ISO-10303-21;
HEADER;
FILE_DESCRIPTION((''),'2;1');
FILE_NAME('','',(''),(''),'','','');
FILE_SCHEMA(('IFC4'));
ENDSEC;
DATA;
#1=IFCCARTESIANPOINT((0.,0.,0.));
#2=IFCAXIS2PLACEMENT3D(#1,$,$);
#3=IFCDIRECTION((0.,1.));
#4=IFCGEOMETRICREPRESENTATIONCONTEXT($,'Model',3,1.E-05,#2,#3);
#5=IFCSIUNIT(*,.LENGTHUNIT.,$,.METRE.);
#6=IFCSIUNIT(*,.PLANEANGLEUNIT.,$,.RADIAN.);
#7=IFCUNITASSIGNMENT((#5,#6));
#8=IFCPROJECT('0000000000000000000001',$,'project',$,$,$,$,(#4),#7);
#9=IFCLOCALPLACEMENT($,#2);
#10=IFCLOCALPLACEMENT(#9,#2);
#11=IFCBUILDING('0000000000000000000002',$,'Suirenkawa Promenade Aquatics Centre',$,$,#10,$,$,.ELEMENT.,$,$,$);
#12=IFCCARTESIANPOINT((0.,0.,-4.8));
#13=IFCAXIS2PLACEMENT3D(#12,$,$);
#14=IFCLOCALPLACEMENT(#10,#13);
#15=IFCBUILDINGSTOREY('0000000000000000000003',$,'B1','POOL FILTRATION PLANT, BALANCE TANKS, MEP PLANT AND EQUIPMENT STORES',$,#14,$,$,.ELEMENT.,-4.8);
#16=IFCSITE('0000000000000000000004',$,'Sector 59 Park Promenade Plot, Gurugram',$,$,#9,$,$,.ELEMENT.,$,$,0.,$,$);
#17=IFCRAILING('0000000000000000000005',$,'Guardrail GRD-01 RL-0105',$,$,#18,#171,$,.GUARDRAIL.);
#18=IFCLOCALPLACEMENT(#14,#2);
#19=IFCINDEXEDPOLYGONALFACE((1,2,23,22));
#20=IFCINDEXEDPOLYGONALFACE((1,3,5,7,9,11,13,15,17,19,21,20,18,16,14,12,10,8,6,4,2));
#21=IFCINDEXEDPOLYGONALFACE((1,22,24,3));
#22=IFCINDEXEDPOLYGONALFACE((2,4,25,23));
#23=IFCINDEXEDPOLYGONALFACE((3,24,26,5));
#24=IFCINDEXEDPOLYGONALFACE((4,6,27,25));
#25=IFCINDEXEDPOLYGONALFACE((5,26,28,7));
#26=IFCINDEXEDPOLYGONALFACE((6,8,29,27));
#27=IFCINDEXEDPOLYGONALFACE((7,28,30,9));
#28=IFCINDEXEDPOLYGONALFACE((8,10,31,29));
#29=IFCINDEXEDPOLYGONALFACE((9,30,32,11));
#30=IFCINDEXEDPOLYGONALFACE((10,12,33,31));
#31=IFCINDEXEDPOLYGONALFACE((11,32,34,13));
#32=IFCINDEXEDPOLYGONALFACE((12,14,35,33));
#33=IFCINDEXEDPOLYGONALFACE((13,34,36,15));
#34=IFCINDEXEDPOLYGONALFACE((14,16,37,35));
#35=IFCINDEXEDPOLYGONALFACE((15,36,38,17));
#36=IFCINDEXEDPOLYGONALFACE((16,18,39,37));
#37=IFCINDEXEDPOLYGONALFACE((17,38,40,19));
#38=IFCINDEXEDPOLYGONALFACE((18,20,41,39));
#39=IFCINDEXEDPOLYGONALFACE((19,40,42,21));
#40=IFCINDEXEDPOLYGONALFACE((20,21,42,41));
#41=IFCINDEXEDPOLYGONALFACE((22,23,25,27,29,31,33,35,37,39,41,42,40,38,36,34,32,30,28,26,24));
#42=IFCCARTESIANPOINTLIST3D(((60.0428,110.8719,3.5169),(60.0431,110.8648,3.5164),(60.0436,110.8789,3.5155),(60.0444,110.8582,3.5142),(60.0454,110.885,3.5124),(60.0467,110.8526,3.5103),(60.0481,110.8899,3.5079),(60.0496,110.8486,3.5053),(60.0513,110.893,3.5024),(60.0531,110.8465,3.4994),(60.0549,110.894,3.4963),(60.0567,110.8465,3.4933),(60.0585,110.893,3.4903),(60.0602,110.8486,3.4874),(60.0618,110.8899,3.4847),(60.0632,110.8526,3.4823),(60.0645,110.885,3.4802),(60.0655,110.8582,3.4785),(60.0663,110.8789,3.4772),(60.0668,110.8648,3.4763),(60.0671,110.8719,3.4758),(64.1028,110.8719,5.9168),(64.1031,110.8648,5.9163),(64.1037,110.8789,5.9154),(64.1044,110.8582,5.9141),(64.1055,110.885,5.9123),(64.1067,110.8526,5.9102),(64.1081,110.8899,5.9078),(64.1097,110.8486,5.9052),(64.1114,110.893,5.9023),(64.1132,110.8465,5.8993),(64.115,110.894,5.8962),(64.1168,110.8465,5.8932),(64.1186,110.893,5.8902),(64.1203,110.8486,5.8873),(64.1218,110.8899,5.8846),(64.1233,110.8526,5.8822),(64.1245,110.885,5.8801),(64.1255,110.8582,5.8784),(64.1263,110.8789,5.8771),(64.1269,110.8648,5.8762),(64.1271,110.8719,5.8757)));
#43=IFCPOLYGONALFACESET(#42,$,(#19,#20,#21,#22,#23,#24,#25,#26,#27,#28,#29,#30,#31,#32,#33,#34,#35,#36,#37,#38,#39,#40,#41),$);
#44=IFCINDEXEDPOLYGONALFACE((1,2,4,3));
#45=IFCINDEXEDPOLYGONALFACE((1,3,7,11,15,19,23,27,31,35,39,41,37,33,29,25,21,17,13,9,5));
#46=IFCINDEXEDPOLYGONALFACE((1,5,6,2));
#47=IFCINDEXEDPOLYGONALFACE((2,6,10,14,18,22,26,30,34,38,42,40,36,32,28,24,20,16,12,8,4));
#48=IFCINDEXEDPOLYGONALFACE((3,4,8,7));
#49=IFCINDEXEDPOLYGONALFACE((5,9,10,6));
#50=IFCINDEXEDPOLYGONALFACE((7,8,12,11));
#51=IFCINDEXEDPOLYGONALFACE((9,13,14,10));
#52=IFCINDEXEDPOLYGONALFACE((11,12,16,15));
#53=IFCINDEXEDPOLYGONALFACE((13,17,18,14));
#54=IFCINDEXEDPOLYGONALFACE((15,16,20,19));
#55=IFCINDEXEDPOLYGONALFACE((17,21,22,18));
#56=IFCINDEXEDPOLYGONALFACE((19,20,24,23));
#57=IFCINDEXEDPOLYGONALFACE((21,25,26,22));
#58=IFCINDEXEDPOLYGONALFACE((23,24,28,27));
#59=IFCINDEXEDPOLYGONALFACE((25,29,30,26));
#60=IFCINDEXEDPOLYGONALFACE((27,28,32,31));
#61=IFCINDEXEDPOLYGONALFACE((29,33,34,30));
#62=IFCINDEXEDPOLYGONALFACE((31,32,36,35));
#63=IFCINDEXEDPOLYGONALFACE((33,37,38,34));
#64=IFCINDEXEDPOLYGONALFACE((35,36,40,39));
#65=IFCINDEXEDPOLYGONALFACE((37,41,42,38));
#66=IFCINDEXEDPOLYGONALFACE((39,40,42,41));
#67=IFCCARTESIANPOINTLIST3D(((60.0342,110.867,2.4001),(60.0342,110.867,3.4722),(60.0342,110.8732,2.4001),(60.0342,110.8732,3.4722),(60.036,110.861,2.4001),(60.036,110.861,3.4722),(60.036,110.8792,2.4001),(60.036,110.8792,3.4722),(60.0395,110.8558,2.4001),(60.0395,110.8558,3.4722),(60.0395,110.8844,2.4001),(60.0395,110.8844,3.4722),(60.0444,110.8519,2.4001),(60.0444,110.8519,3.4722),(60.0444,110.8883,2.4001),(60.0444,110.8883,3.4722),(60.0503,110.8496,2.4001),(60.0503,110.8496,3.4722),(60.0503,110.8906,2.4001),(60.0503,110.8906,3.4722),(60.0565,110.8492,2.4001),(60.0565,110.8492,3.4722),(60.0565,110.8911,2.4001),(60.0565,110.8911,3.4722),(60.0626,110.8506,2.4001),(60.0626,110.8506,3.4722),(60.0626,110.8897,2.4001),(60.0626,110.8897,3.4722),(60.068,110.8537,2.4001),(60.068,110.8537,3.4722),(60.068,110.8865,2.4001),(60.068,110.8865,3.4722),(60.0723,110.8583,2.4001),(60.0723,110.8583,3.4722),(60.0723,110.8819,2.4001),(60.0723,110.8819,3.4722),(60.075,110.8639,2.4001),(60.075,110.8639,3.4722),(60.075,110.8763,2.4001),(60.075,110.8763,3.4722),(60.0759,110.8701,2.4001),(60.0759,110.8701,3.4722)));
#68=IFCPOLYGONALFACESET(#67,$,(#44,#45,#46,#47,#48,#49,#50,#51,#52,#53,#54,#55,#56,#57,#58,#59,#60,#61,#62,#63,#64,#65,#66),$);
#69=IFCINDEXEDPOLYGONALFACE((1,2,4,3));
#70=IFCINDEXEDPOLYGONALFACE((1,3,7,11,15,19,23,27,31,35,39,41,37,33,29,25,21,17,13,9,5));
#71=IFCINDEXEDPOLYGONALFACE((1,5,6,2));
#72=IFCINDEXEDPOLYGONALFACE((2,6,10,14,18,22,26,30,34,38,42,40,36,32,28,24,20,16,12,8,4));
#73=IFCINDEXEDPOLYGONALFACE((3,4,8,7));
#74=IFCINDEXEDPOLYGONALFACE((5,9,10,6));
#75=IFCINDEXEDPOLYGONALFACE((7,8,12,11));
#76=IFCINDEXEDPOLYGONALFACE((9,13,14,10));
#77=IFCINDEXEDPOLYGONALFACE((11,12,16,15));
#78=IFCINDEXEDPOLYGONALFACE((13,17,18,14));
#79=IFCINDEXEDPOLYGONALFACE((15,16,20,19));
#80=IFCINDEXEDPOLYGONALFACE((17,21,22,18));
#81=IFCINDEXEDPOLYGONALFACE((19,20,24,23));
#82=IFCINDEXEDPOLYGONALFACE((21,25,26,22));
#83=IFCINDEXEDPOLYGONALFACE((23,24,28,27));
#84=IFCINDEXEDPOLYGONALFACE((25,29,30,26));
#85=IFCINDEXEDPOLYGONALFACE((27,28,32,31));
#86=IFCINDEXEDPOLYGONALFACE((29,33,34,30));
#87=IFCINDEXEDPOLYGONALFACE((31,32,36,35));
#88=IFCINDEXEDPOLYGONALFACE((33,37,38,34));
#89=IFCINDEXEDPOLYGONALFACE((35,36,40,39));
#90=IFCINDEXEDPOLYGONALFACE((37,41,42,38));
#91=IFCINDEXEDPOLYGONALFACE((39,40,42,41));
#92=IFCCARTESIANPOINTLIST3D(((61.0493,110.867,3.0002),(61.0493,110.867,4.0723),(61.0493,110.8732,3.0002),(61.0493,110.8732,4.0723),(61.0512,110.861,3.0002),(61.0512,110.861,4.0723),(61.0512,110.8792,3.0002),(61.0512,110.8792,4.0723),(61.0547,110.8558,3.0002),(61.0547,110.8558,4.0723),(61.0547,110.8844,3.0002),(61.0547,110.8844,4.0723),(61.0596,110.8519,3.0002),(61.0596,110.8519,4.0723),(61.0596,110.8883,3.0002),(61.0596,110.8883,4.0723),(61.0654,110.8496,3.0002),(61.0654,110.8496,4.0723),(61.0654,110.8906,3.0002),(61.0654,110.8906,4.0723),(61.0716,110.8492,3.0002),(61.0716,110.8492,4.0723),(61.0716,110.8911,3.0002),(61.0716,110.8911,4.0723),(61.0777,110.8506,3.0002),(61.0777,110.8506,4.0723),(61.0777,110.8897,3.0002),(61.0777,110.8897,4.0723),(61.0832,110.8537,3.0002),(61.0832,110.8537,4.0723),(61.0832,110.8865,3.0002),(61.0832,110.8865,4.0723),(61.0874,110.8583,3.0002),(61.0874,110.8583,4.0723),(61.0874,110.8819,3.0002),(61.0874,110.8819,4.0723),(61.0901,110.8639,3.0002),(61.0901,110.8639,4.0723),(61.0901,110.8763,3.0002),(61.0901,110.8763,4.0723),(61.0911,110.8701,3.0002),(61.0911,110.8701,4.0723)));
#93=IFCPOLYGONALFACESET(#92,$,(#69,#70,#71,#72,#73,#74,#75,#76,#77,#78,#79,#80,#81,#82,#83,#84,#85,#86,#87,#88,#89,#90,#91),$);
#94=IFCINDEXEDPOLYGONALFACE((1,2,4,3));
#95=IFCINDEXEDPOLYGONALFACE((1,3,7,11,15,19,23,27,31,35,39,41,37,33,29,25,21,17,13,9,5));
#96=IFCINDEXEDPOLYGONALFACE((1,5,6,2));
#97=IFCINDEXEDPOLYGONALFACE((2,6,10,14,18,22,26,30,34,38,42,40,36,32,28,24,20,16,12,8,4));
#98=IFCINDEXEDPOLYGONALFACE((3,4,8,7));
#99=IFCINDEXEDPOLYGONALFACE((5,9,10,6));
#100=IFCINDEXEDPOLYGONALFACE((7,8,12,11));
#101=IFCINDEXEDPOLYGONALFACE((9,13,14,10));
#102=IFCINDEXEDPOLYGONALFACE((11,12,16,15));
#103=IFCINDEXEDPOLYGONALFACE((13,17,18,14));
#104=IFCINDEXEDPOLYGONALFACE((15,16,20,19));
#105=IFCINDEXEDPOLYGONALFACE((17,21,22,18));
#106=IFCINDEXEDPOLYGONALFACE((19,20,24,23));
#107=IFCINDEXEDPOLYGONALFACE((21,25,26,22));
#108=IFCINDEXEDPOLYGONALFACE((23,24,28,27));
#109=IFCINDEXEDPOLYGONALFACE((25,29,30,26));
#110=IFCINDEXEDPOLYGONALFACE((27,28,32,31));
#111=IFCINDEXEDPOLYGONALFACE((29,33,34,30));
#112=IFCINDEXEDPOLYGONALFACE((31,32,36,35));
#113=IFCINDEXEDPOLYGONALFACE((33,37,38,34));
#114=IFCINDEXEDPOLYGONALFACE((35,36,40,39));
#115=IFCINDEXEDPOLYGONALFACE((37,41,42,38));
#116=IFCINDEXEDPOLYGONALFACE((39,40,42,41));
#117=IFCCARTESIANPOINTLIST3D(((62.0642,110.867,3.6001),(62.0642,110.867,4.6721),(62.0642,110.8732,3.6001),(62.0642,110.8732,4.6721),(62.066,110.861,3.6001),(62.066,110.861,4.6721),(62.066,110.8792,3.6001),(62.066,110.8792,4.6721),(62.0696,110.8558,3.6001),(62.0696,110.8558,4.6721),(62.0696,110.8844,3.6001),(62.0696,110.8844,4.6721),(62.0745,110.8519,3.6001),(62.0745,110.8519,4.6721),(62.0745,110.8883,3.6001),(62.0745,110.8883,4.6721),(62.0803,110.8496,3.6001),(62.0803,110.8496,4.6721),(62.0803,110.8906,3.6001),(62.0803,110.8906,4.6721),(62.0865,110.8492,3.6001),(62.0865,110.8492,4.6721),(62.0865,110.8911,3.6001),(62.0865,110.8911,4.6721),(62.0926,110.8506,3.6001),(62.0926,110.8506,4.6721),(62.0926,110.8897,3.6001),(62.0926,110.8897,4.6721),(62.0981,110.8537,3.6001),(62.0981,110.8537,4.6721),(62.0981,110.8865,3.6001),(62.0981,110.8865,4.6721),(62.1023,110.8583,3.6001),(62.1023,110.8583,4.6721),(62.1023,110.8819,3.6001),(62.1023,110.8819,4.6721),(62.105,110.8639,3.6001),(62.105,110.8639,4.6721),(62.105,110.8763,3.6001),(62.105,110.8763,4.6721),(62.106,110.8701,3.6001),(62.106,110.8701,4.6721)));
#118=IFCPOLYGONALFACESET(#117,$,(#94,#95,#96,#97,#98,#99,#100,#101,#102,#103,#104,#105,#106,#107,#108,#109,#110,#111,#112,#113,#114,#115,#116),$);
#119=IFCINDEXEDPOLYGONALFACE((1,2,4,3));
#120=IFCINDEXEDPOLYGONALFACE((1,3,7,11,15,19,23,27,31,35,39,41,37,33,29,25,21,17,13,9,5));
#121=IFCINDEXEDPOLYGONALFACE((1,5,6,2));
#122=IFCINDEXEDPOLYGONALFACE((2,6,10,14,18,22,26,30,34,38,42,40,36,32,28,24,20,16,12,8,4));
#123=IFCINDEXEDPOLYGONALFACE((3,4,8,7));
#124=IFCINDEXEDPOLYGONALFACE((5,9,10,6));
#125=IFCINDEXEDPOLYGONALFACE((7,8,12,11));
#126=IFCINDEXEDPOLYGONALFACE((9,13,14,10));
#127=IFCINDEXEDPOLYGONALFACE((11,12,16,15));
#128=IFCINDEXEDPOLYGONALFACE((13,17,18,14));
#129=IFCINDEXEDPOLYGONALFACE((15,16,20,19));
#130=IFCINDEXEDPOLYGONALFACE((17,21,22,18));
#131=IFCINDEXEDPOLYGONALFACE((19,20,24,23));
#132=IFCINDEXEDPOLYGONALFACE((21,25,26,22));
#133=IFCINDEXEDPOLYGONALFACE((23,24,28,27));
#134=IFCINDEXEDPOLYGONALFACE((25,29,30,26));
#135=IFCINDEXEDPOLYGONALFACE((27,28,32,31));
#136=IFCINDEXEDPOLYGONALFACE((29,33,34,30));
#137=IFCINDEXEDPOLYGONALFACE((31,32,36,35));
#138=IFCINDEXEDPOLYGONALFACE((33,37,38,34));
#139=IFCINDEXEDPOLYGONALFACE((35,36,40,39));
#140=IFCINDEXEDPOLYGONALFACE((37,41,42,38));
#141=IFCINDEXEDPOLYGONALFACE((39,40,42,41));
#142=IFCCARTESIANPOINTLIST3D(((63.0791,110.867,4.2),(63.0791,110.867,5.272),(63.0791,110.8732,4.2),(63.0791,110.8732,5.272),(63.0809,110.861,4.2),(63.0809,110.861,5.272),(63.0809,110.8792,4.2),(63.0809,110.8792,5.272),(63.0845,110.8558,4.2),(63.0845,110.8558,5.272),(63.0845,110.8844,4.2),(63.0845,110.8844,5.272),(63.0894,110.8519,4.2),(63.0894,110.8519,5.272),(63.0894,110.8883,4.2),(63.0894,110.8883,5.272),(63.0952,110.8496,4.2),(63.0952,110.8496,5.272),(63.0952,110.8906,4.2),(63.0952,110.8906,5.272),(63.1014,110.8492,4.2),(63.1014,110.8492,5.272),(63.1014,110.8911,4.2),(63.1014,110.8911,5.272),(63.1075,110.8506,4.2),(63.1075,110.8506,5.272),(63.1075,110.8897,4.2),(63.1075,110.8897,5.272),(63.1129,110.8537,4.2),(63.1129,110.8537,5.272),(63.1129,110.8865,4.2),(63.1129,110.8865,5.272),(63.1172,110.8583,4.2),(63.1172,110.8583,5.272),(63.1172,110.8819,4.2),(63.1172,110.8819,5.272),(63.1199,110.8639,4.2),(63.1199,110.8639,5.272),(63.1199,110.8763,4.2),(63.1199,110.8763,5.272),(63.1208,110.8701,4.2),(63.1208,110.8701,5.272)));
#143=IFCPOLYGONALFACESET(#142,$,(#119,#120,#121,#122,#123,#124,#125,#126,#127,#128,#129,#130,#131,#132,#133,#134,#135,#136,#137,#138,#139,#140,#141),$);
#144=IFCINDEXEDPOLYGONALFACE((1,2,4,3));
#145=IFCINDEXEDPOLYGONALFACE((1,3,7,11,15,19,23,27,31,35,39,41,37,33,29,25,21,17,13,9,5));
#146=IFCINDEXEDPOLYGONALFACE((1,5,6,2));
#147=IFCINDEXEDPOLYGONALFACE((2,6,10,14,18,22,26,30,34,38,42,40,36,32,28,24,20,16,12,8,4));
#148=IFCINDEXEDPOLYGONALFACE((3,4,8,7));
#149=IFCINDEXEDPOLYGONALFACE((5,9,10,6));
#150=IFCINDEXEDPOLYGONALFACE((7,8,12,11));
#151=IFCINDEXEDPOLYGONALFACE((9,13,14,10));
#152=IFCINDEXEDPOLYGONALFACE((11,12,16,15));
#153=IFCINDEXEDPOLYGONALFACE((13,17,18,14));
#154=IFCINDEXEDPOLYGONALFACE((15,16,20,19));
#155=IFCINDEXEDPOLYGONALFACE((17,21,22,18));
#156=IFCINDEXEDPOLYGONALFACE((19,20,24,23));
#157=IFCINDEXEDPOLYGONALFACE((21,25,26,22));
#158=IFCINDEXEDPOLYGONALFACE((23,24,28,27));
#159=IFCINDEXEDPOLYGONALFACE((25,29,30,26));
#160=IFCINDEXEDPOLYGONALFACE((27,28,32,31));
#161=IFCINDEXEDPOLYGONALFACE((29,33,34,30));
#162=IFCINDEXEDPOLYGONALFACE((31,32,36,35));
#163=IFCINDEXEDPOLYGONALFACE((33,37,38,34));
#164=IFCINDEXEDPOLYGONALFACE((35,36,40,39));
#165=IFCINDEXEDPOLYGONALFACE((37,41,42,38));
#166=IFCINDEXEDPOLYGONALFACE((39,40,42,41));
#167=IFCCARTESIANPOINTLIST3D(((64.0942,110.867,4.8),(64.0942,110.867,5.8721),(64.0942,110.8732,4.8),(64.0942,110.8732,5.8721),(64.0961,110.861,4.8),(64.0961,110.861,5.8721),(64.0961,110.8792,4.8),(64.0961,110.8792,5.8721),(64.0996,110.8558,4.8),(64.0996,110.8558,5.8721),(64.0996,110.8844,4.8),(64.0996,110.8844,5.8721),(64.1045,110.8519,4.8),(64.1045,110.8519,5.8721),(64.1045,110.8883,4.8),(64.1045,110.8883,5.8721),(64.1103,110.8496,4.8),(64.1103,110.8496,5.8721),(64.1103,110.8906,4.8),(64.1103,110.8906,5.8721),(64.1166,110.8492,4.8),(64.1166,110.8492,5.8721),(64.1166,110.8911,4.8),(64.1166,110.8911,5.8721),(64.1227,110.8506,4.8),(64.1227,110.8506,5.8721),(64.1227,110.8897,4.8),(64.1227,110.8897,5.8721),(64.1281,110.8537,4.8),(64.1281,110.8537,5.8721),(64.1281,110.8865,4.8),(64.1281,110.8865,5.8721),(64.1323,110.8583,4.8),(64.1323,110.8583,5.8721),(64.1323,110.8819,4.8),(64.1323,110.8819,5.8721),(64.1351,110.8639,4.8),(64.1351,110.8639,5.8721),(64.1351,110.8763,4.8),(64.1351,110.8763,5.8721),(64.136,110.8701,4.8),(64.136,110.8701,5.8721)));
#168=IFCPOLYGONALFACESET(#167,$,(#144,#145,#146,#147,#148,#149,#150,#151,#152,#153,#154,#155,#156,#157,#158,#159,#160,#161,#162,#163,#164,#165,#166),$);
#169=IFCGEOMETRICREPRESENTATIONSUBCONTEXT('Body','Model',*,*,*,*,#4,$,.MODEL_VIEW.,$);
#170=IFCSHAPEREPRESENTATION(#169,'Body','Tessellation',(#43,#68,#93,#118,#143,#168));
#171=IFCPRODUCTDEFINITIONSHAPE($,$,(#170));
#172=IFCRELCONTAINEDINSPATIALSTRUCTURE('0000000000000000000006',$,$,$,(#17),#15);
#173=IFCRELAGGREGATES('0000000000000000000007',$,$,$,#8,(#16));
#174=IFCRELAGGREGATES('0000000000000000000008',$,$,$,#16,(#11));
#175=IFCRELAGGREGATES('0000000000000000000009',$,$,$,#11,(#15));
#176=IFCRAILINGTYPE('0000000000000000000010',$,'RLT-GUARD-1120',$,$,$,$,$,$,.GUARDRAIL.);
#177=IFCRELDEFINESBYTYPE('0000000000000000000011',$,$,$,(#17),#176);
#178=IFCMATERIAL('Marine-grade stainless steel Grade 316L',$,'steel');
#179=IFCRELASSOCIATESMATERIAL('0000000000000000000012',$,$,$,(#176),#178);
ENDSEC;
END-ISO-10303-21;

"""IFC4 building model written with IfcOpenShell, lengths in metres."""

from ifc_helpers import new_model, si_unit, direction, frame, origin, origin_2d, place, context, subcontext, project, spatial, circle, extrude, material, type_object, element, save


model = new_model("IFC4")

# Units and contexts
model_context = context("Model", 3, precision=1e-05, world=origin(), true_north=direction((0.0, 1.0)))
body_context = subcontext(model_context, "Body", "Model", "MODEL_VIEW")
ifc_project = project(units=[si_unit("LENGTHUNIT", "METRE"), si_unit("PLANEANGLEUNIT", "RADIAN")], contexts=[model_context])

# Site, building, storey
site_placement = place(None, origin())
site = spatial("IfcSite", under=ifc_project, at=site_placement, Name="Sector 59 Park Promenade Plot, Gurugram", CompositionType="ELEMENT", RefElevation=0.0)
building_placement = place(site_placement, origin())
building = spatial("IfcBuilding", under=site, at=building_placement, Name="Suirenkawa Promenade Aquatics Centre", CompositionType="ELEMENT")
storey_placement = place(building_placement, frame((0.0, 0.0, -4.8)))
storey = spatial("IfcBuildingStorey", under=building, at=storey_placement, Name="B1", Description="POOL FILTRATION PLANT, BALANCE TANKS, MEP PLANT AND EQUIPMENT STORES", CompositionType="ELEMENT", Elevation=-4.8)

# Shared definitions
ifc_material_1 = material(Name="Marine-grade stainless steel Grade 316L", Category="steel")

# Railing
railing_type_1 = type_object("IfcRailingType", Name="RLT-GUARD-1120", PredefinedType="GUARDRAIL", material=ifc_material_1)
railing_1_placement = place(storey_placement, frame((60.0549, 110.8701, 2.4001)))
element("IfcRailing", 1, at=railing_1_placement, inside=storey, type_object=railing_type_1, Name="Guardrail GRD-01 RL-0105", PredefinedType="GUARDRAIL", context=body_context, shape_type="SweptSolid", body=[
    extrude(circle(Radius=0.0239, at=origin_2d()), frame((0.0, 0.0, 1.0962), z_axis=(0.860854, 0.0, 0.508851), x_axis=(0.0, 1.0, 0.0)), (0.0, 0.0, 1.0), 4.7163),
    extrude(circle(Radius=0.021, at=origin_2d()), origin(), (0.0, 0.0, 1.0), 1.072),
    extrude(circle(Radius=0.021, at=origin_2d()), frame((1.0151, 0.0, 0.6001)), (0.0, 0.0, 1.0), 1.072),
    extrude(circle(Radius=0.021, at=origin_2d()), frame((2.03, 0.0, 1.2)), (0.0, 0.0, 1.0), 1.072),
    extrude(circle(Radius=0.021, at=origin_2d()), frame((3.0449, 0.0, 1.7998)), (0.0, 0.0, 1.0), 1.072),
    extrude(circle(Radius=0.021, at=origin_2d()), frame((4.0601, 0.0, 2.3999)), (0.0, 0.0, 1.0), 1.072),
])

save(model, "model.ifc")
